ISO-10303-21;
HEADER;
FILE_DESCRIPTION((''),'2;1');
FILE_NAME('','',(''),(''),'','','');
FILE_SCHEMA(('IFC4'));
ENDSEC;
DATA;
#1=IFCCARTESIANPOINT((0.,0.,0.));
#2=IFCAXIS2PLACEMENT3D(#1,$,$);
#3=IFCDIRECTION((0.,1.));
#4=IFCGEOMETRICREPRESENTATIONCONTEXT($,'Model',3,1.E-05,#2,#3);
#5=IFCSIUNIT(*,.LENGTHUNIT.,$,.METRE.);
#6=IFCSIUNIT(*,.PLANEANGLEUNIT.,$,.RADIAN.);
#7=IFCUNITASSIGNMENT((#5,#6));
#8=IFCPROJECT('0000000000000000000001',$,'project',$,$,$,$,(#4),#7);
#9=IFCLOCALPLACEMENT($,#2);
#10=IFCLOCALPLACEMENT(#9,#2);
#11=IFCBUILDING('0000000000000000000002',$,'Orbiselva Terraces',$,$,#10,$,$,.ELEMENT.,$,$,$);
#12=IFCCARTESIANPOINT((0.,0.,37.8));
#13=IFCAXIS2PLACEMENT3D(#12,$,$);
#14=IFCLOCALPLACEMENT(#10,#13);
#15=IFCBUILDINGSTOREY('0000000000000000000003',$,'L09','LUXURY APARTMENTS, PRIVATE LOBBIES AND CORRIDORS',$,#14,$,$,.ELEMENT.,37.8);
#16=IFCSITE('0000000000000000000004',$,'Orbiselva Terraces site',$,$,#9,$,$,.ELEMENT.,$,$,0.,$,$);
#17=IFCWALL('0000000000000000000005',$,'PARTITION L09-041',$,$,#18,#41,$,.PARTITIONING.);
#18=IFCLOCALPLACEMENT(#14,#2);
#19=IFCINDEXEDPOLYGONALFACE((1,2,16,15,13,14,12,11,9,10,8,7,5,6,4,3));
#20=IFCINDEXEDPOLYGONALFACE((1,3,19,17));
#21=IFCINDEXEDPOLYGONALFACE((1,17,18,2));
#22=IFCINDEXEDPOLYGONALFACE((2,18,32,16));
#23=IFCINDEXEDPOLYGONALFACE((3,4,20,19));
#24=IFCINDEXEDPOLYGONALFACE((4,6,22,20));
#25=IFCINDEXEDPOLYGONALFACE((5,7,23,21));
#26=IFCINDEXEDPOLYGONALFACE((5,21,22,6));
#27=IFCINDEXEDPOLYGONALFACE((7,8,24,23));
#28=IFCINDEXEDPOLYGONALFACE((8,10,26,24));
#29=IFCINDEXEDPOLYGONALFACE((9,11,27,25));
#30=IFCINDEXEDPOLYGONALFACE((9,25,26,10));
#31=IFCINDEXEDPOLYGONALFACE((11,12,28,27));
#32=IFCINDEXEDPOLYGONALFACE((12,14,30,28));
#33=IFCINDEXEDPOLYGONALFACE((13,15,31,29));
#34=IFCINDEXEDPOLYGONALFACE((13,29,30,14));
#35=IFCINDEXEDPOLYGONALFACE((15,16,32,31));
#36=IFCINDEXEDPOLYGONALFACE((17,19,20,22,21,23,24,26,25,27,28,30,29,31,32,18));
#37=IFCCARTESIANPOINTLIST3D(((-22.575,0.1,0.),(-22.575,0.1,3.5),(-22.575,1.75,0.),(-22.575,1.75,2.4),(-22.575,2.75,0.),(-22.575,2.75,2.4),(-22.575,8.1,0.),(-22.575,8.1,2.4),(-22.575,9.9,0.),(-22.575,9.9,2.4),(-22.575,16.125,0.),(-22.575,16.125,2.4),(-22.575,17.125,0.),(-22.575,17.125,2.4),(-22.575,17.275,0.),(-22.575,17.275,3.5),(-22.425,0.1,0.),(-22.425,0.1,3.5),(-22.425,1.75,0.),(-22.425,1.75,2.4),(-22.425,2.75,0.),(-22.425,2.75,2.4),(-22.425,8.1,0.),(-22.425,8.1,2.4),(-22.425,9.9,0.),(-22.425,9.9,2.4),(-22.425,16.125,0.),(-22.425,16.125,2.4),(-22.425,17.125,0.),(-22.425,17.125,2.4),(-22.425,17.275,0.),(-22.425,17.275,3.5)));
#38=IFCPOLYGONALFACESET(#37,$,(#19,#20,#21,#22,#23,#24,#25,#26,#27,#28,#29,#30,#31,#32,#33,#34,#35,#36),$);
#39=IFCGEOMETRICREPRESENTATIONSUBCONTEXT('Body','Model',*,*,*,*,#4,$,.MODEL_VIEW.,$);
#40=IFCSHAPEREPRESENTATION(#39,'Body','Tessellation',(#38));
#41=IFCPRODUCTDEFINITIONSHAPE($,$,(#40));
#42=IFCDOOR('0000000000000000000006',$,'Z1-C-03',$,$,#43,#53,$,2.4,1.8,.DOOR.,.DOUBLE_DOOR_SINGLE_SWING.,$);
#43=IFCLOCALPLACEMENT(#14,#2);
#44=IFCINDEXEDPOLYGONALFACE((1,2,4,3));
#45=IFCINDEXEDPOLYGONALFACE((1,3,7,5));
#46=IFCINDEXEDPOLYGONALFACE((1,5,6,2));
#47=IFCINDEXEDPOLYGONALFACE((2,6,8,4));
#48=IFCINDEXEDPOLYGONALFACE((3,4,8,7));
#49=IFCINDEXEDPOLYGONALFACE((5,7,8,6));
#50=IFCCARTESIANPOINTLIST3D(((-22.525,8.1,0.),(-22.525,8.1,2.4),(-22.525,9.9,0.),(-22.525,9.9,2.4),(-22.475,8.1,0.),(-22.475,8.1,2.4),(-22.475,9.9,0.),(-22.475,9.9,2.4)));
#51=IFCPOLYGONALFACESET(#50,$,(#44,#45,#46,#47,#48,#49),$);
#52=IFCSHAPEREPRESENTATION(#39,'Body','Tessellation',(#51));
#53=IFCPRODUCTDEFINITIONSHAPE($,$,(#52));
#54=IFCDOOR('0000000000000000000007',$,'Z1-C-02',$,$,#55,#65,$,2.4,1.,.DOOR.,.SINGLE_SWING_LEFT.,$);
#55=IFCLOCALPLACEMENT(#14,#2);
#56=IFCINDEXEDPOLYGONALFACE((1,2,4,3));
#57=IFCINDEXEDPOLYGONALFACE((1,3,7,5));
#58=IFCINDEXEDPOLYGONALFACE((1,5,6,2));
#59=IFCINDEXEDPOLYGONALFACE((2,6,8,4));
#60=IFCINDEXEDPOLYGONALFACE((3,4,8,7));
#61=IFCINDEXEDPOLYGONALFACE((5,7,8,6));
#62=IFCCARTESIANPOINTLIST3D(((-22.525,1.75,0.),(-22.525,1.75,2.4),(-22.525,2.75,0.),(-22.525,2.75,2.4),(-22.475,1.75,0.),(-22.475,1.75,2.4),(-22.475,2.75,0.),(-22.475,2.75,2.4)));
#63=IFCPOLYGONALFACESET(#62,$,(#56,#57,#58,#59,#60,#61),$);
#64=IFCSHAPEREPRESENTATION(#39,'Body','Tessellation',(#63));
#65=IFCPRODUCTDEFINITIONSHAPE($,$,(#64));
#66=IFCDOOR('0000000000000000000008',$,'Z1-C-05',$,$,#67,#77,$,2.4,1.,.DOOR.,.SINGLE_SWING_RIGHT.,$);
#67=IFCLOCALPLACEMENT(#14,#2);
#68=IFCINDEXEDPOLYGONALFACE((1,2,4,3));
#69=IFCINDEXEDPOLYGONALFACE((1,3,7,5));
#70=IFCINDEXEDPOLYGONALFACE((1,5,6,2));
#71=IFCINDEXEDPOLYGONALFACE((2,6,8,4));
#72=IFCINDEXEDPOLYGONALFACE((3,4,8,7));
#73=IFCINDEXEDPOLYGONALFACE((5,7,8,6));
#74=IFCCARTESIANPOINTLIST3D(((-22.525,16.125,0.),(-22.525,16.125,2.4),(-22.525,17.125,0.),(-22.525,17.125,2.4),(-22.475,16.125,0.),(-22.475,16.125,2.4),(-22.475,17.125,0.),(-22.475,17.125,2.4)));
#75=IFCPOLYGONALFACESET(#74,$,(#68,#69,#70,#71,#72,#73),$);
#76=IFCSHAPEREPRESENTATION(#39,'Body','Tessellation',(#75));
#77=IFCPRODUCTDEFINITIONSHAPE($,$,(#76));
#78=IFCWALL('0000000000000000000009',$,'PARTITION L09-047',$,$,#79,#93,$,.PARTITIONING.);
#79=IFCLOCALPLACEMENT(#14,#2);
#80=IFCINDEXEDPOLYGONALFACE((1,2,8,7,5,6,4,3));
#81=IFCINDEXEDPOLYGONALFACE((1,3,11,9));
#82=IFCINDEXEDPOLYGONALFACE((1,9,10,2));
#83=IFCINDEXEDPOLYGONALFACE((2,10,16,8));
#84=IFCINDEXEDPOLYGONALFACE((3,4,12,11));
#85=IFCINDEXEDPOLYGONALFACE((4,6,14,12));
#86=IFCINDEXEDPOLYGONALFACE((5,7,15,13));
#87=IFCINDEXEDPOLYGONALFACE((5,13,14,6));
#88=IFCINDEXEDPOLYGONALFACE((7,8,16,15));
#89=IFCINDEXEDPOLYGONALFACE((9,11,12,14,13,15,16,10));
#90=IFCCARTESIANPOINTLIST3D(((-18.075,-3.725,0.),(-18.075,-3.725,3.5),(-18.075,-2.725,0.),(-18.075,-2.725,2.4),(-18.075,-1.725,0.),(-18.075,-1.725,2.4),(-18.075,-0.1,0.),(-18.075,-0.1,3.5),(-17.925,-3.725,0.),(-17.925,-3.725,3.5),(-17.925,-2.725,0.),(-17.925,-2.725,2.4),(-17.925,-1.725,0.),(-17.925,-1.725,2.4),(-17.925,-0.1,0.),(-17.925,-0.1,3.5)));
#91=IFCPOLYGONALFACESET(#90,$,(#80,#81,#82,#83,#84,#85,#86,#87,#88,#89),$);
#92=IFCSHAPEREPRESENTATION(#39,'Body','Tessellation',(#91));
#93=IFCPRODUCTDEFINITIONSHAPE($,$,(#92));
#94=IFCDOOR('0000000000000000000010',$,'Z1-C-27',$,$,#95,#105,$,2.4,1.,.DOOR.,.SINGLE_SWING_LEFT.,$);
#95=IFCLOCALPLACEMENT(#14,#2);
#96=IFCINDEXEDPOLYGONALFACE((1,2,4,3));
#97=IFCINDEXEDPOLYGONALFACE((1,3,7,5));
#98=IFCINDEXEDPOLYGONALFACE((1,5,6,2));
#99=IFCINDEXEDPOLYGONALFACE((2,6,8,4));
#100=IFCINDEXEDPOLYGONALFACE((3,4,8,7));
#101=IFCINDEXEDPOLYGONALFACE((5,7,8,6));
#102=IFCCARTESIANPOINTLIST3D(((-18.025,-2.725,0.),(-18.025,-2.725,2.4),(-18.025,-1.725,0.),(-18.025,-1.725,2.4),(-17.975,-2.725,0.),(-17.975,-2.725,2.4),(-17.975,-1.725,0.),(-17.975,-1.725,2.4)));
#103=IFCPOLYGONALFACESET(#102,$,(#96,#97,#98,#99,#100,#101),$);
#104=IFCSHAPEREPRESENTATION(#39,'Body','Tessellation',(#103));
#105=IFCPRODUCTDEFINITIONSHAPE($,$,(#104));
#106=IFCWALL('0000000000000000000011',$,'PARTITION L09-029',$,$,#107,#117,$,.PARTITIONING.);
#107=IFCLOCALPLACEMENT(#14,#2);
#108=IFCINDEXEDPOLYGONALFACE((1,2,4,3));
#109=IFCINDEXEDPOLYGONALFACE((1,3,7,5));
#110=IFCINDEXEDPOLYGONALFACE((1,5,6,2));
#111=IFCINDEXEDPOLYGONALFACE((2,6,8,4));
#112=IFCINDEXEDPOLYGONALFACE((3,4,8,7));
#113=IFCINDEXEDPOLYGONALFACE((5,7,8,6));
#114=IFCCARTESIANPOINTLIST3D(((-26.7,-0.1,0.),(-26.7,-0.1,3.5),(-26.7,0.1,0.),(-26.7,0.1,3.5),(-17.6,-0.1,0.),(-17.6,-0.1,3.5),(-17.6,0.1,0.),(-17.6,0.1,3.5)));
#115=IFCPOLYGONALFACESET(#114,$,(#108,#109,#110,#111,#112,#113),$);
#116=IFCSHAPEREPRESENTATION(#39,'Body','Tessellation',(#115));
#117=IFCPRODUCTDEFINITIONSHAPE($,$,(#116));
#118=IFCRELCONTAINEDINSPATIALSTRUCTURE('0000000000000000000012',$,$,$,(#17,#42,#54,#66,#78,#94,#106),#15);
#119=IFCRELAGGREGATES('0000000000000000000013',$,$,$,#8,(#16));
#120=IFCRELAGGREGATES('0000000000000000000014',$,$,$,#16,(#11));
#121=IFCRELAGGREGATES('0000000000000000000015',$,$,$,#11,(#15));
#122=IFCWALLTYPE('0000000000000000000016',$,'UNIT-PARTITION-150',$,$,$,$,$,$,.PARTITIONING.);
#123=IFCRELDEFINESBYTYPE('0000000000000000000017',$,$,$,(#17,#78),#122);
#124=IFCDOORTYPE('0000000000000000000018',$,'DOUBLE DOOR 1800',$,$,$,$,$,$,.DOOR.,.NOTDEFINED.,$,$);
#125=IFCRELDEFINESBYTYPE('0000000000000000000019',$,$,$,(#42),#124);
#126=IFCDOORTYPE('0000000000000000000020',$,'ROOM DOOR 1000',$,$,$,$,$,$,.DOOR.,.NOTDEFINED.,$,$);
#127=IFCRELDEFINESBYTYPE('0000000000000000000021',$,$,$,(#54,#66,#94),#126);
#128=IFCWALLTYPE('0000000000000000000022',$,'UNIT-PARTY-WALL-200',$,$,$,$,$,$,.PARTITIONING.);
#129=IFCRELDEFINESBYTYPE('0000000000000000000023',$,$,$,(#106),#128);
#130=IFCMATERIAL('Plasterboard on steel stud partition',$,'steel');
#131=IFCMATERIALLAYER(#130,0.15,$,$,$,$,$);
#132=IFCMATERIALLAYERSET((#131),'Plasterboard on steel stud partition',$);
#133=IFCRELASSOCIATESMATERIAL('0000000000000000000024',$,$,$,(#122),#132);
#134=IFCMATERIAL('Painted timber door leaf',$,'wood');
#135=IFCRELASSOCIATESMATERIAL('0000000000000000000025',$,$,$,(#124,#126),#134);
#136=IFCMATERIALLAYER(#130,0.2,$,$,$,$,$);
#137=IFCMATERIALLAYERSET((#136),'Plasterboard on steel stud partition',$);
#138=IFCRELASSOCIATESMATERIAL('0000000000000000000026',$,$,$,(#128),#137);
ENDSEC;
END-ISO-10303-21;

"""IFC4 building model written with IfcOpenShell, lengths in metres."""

from ifc_helpers import new_model, si_unit, direction, frame, frame_2d, origin, place, context, subcontext, project, spatial, rectangle, extrude, material, layer, layer_set, type_object, element, fill, save


model = new_model("IFC4")

# Units and contexts
model_context = context("Model", 3, precision=1e-05, world=origin(), true_north=direction((0.0, 1.0)))
body_context = subcontext(model_context, "Body", "Model", "MODEL_VIEW")
ifc_project = project(units=[si_unit("LENGTHUNIT", "METRE"), si_unit("PLANEANGLEUNIT", "RADIAN")], contexts=[model_context])

# Site, building, storey
site_placement = place(None, origin())
site = spatial("IfcSite", under=ifc_project, at=site_placement, Name="Orbiselva Terraces site", CompositionType="ELEMENT", RefElevation=0.0)
building_placement = place(site_placement, origin())
building = spatial("IfcBuilding", under=site, at=building_placement, Name="Orbiselva Terraces", CompositionType="ELEMENT")
storey_placement = place(building_placement, frame((0.0, 0.0, 37.8)))
storey = spatial("IfcBuildingStorey", under=building, at=storey_placement, Name="L09", Description="LUXURY APARTMENTS, PRIVATE LOBBIES AND CORRIDORS", CompositionType="ELEMENT", Elevation=37.8)

# Shared definitions
ifc_material_1 = material(Name="Plasterboard on steel stud partition", Category="steel")
ifc_layer_1 = layer(ifc_material_1, 0.15)
ifc_layer_set_1 = layer_set([ifc_layer_1], Name="Plasterboard on steel stud partition")
wall_type_1 = type_object("IfcWallType", Name="UNIT-PARTITION-150", PredefinedType="PARTITIONING", material=ifc_layer_set_1)

# Wall, openings, doors
wall_1_placement = place(storey_placement, frame((-22.5, 0.1, 0.0), z_axis=(0.0, 0.0, 1.0), x_axis=(0.0, 1.0, 0.0)))
wall_1 = element("IfcWall", 1, at=wall_1_placement, inside=storey, type_object=wall_type_1, Name="PARTITION L09-041", PredefinedType="PARTITIONING", context=body_context, shape_type="SweptSolid", body=[
    extrude(rectangle(XDim=17.175, YDim=0.15, at=frame_2d((8.5875, 0.0))), origin(), (0.0, 0.0, 1.0), 3.5),
])
opening_1_placement = place(wall_1_placement, frame((1.65, 0.0, 0.0)))
opening_1 = element("IfcOpeningElement", 2, at=opening_1_placement, cuts=wall_1, PredefinedType="OPENING", context=body_context, shape_type="SweptSolid", body=[
    extrude(rectangle(XDim=1.0, YDim=2.4, at=frame_2d((0.5, 1.2))), frame((0.0, 0.085, 0.0), z_axis=(0.0, -1.0, 0.0), x_axis=(1.0, 0.0, 0.0)), (0.0, 0.0, 1.0), 0.17),
])
opening_2_placement = place(wall_1_placement, frame((8.0, 0.0, 0.0)))
opening_2 = element("IfcOpeningElement", 3, at=opening_2_placement, cuts=wall_1, PredefinedType="OPENING", context=body_context, shape_type="SweptSolid", body=[
    extrude(rectangle(XDim=1.8, YDim=2.4, at=frame_2d((0.9, 1.2))), frame((0.0, 0.085, 0.0), z_axis=(0.0, -1.0, 0.0), x_axis=(1.0, 0.0, 0.0)), (0.0, 0.0, 1.0), 0.17),
])
opening_3_placement = place(wall_1_placement, frame((16.025, 0.0, 0.0)))
opening_3 = element("IfcOpeningElement", 4, at=opening_3_placement, cuts=wall_1, PredefinedType="OPENING", context=body_context, shape_type="SweptSolid", body=[
    extrude(rectangle(XDim=1.0, YDim=2.4, at=frame_2d((0.5, 1.2))), frame((0.0, 0.085, 0.0), z_axis=(0.0, -1.0, 0.0), x_axis=(1.0, 0.0, 0.0)), (0.0, 0.0, 1.0), 0.17),
])
ifc_material_2 = material(Name="Painted timber door leaf", Category="wood")
door_type_1 = type_object("IfcDoorType", Name="DOUBLE DOOR 1800", OperationType="NOTDEFINED", PredefinedType="DOOR", material=ifc_material_2)
door_1_placement = place(opening_2_placement, origin())
door_1 = element("IfcDoor", 5, at=door_1_placement, inside=storey, type_object=door_type_1, Name="Z1-C-03", OperationType="DOUBLE_DOOR_SINGLE_SWING", OverallHeight=2.4, OverallWidth=1.8, PredefinedType="DOOR", context=body_context, shape_type="SweptSolid", body=[
    extrude(rectangle(XDim=1.8, YDim=2.4, at=frame_2d((0.9, 1.2))), frame((0.0, 0.025, 0.0), z_axis=(0.0, -1.0, 0.0), x_axis=(1.0, 0.0, 0.0)), (0.0, 0.0, 1.0), 0.05),
])
fill(opening_2, door_1)
door_type_2 = type_object("IfcDoorType", Name="ROOM DOOR 1000", OperationType="NOTDEFINED", PredefinedType="DOOR", material=ifc_material_2)
door_2_placement = place(opening_1_placement, origin())
door_2 = element("IfcDoor", 6, at=door_2_placement, inside=storey, type_object=door_type_2, Name="Z1-C-02", OperationType="SINGLE_SWING_LEFT", OverallHeight=2.4, OverallWidth=1.0, PredefinedType="DOOR", context=body_context, shape_type="SweptSolid", body=[
    extrude(rectangle(XDim=1.0, YDim=2.4, at=frame_2d((0.5, 1.2))), frame((0.0, 0.025, 0.0), z_axis=(0.0, -1.0, 0.0), x_axis=(1.0, 0.0, 0.0)), (0.0, 0.0, 1.0), 0.05),
])
fill(opening_1, door_2)
door_3_placement = place(opening_3_placement, origin())
door_3 = element("IfcDoor", 7, at=door_3_placement, inside=storey, type_object=door_type_2, Name="Z1-C-05", OperationType="SINGLE_SWING_RIGHT", OverallHeight=2.4, OverallWidth=1.0, PredefinedType="DOOR", context=body_context, shape_type="SweptSolid", body=[
    extrude(rectangle(XDim=1.0, YDim=2.4, at=frame_2d((0.5, 1.2))), frame((0.0, 0.025, 0.0), z_axis=(0.0, -1.0, 0.0), x_axis=(1.0, 0.0, 0.0)), (0.0, 0.0, 1.0), 0.05),
])
fill(opening_3, door_3)

# Wall, opening, door
wall_2_placement = place(storey_placement, frame((-18.0, -3.725, 0.0), z_axis=(0.0, 0.0, 1.0), x_axis=(0.0, 1.0, 0.0)))
wall_2 = element("IfcWall", 8, at=wall_2_placement, inside=storey, type_object=wall_type_1, Name="PARTITION L09-047", PredefinedType="PARTITIONING", context=body_context, shape_type="SweptSolid", body=[
    extrude(rectangle(XDim=3.625, YDim=0.15, at=frame_2d((1.8125, 0.0))), origin(), (0.0, 0.0, 1.0), 3.5),
])
opening_4_placement = place(wall_2_placement, frame((1.0, 0.0, 0.0)))
opening_4 = element("IfcOpeningElement", 9, at=opening_4_placement, cuts=wall_2, PredefinedType="OPENING", context=body_context, shape_type="SweptSolid", body=[
    extrude(rectangle(XDim=1.0, YDim=2.4, at=frame_2d((0.5, 1.2))), frame((0.0, 0.085, 0.0), z_axis=(0.0, -1.0, 0.0), x_axis=(1.0, 0.0, 0.0)), (0.0, 0.0, 1.0), 0.17),
])
door_4_placement = place(opening_4_placement, origin())
door_4 = element("IfcDoor", 10, at=door_4_placement, inside=storey, type_object=door_type_2, Name="Z1-C-27", OperationType="SINGLE_SWING_LEFT", OverallHeight=2.4, OverallWidth=1.0, PredefinedType="DOOR", context=body_context, shape_type="SweptSolid", body=[
    extrude(rectangle(XDim=1.0, YDim=2.4, at=frame_2d((0.5, 1.2))), frame((0.0, 0.025, 0.0), z_axis=(0.0, -1.0, 0.0), x_axis=(1.0, 0.0, 0.0)), (0.0, 0.0, 1.0), 0.05),
])
fill(opening_4, door_4)

# Wall
ifc_layer_2 = layer(ifc_material_1, 0.2)
ifc_layer_set_2 = layer_set([ifc_layer_2], Name="Plasterboard on steel stud partition")
wall_type_2 = type_object("IfcWallType", Name="UNIT-PARTY-WALL-200", PredefinedType="PARTITIONING", material=ifc_layer_set_2)
wall_3_placement = place(storey_placement, frame((-26.7, 0.0, 0.0), z_axis=(0.0, 0.0, 1.0), x_axis=(1.0, 0.0, 0.0)))
element("IfcWall", 11, at=wall_3_placement, inside=storey, type_object=wall_type_2, Name="PARTITION L09-029", PredefinedType="PARTITIONING", context=body_context, shape_type="SweptSolid", body=[
    extrude(rectangle(XDim=9.1, YDim=0.2, at=frame_2d((4.55, 0.0))), origin(), (0.0, 0.0, 1.0), 3.5),
])

save(model, "model.ifc")
